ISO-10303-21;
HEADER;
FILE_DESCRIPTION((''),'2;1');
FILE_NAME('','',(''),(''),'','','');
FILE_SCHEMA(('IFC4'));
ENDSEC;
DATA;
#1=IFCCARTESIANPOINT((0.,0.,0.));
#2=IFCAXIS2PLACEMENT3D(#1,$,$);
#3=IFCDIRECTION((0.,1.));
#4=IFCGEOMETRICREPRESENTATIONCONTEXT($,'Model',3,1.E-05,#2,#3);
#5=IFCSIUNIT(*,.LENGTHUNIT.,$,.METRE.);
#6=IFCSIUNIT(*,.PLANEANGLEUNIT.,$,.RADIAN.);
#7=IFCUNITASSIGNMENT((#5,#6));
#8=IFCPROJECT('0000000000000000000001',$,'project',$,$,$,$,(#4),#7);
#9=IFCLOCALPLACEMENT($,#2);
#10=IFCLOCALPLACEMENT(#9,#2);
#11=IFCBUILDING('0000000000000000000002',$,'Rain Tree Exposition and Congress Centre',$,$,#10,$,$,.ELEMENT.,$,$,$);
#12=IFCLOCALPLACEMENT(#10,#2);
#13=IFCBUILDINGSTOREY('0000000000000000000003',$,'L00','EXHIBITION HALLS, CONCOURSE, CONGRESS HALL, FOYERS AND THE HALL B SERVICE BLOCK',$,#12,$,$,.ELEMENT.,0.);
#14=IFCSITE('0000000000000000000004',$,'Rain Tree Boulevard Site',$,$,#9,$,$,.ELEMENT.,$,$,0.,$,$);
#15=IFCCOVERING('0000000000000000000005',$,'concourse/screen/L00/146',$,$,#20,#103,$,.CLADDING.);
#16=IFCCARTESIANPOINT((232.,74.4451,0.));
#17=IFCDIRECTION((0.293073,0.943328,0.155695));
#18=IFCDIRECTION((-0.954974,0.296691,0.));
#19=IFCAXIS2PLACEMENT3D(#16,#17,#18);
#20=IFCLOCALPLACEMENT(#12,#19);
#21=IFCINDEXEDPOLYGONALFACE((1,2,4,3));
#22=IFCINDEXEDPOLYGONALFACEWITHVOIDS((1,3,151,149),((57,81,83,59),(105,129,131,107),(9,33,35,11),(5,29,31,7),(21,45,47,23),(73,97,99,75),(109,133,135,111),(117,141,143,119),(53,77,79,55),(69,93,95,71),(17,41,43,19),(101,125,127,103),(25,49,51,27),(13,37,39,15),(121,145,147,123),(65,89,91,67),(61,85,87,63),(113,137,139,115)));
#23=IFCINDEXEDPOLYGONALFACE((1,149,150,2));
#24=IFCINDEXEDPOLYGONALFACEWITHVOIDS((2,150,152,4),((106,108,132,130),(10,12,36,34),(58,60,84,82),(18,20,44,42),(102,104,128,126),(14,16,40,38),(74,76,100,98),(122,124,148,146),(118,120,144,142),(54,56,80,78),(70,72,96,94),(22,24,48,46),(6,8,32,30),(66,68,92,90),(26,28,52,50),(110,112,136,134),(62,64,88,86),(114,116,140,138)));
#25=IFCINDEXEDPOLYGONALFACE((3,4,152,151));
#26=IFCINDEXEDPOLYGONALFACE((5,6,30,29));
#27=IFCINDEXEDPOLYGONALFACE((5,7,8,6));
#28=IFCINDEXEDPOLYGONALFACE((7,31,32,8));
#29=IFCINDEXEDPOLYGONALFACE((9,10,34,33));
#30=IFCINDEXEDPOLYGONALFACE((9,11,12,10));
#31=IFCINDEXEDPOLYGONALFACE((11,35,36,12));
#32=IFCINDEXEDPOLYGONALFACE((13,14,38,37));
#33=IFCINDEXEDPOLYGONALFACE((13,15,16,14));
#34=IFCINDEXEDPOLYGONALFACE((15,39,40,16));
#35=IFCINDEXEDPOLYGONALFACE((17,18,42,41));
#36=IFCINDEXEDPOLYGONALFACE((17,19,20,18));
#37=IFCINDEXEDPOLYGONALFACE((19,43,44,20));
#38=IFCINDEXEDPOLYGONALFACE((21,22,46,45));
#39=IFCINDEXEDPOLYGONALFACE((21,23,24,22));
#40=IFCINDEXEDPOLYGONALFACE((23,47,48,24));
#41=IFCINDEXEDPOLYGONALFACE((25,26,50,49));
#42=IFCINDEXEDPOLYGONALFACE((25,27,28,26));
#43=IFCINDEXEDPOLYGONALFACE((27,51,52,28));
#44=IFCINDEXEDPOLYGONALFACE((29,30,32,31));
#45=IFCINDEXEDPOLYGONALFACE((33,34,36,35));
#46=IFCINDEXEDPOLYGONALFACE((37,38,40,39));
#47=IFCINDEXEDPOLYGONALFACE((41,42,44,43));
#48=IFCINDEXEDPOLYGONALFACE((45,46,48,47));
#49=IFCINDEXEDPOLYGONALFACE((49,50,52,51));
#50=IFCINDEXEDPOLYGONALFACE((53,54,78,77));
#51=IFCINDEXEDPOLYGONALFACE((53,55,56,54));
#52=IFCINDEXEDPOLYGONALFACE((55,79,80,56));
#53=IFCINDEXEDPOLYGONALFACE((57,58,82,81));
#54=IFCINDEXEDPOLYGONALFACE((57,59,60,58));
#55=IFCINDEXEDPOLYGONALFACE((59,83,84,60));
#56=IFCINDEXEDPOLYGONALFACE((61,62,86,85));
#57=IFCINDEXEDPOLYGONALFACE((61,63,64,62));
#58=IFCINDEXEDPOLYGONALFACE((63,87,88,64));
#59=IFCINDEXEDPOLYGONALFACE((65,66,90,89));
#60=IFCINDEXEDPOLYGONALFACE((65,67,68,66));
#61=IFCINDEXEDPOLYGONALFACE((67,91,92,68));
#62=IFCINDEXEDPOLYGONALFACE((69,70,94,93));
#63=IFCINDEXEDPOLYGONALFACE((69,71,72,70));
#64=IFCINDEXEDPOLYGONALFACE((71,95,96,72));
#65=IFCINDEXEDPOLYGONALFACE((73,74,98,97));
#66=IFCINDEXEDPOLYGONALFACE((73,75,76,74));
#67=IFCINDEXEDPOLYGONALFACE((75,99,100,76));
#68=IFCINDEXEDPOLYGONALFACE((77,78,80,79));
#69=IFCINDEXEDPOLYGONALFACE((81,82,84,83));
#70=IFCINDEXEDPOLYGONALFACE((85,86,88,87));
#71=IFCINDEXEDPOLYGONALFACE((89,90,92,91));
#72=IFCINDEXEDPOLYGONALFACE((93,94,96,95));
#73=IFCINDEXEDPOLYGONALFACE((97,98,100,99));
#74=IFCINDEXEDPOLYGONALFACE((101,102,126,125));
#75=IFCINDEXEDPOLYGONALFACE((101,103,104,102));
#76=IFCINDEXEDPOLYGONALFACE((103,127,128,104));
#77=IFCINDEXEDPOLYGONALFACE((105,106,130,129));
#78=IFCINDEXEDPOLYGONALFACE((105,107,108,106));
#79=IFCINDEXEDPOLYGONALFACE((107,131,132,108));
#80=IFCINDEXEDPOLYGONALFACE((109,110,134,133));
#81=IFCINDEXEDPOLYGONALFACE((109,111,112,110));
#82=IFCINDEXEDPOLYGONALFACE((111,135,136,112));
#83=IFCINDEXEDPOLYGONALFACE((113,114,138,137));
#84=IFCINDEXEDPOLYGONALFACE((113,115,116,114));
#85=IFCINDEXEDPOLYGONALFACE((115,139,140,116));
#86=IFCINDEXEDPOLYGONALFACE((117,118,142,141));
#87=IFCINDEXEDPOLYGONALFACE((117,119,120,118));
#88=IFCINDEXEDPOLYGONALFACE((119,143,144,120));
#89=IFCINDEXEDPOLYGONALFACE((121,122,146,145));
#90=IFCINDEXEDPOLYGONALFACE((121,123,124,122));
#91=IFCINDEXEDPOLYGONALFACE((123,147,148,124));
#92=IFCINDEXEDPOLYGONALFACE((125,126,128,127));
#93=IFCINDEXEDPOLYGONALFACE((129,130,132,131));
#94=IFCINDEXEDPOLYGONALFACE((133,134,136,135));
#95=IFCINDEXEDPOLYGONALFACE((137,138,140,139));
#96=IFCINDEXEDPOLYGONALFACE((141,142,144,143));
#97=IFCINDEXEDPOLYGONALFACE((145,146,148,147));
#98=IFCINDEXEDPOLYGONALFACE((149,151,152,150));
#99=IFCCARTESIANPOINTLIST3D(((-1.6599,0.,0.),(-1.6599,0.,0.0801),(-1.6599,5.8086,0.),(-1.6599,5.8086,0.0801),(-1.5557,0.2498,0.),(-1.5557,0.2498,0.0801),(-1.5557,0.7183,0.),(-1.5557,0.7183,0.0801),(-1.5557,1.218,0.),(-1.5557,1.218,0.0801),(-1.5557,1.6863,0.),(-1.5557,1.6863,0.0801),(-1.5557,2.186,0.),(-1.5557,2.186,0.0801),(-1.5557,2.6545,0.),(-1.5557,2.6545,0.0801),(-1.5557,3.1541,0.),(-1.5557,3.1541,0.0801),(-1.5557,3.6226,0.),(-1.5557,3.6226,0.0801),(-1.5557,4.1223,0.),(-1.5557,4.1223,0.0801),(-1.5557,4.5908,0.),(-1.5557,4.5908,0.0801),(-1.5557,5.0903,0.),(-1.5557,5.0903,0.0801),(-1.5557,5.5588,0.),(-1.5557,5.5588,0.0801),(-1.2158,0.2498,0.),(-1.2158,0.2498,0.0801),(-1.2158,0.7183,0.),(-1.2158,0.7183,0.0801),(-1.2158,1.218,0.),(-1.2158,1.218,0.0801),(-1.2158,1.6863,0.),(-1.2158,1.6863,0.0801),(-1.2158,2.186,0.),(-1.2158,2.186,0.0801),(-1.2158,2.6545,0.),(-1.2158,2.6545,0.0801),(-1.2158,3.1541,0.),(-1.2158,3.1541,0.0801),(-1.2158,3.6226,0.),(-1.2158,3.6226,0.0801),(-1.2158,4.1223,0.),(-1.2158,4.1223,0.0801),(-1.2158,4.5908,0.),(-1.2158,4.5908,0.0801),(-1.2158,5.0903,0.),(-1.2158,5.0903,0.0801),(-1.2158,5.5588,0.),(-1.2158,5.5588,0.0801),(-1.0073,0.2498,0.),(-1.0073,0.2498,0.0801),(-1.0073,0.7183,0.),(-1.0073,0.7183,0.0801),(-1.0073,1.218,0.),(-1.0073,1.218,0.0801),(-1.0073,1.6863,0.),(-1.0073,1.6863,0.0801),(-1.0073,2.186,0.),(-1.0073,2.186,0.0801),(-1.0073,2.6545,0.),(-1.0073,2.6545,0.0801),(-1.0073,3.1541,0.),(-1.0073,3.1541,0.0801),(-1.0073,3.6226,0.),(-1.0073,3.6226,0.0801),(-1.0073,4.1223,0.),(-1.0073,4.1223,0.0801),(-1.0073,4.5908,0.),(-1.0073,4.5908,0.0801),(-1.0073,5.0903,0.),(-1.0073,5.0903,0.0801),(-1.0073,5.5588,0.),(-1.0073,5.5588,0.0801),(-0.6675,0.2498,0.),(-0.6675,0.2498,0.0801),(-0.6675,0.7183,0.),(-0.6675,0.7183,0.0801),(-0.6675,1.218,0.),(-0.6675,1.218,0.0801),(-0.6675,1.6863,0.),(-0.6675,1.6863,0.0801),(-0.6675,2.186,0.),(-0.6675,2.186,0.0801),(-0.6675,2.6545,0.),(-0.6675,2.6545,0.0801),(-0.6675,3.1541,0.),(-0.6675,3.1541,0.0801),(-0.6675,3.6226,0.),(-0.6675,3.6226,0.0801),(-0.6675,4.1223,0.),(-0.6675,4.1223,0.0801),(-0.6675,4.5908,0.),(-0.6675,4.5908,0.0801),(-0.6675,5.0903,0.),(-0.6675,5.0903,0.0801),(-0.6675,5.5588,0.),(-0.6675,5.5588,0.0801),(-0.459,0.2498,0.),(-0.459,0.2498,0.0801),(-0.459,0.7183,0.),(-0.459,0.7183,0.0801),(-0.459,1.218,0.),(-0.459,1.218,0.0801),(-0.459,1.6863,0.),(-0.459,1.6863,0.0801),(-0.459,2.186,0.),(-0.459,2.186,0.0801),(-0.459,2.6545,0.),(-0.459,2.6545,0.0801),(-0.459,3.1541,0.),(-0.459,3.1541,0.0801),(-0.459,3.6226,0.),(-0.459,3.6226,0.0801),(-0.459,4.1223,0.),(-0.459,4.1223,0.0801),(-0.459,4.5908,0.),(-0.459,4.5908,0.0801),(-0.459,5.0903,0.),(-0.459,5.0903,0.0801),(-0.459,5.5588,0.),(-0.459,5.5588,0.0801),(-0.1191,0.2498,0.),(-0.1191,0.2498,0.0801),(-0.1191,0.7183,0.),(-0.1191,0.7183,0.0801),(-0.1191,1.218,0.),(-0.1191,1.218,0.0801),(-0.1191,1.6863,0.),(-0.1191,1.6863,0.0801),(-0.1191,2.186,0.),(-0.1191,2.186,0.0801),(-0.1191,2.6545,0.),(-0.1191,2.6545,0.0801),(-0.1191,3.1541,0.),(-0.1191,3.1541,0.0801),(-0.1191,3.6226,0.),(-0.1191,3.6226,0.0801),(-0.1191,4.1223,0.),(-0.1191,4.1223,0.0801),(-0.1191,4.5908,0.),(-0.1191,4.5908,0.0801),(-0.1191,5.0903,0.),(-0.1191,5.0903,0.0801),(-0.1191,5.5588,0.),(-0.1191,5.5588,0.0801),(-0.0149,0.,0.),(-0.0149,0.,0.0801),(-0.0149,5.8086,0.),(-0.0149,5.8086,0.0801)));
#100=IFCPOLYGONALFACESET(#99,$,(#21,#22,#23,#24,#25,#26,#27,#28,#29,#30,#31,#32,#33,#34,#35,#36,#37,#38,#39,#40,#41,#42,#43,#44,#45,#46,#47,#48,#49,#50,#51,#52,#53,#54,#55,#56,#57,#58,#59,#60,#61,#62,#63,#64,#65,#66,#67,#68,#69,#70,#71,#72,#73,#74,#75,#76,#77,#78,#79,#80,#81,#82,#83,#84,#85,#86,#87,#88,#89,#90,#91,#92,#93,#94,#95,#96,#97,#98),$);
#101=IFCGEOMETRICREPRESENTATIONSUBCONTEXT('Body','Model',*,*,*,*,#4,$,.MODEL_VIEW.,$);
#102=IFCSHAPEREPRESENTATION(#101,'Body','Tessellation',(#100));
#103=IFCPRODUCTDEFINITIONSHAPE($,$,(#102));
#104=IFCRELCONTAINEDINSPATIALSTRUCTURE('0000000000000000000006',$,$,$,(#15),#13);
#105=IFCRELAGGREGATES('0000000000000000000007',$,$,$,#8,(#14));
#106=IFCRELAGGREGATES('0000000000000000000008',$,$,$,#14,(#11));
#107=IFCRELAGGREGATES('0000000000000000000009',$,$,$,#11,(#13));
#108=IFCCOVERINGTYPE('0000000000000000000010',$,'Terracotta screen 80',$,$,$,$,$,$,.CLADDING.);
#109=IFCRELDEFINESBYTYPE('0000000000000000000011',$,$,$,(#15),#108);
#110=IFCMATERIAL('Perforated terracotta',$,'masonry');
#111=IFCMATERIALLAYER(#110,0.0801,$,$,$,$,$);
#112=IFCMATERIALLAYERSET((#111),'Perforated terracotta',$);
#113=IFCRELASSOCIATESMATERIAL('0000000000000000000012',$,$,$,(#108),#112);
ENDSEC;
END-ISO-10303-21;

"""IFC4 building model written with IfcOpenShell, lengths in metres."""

from ifc_helpers import new_model, si_unit, direction, frame, origin, place, context, subcontext, project, spatial, polyline, outline, extrude, material, layer, layer_set, type_object, element, save


model = new_model("IFC4")

# Units and contexts
model_context = context("Model", 3, precision=1e-05, world=origin(), true_north=direction((0.0, 1.0)))
body_context = subcontext(model_context, "Body", "Model", "MODEL_VIEW")
ifc_project = project(units=[si_unit("LENGTHUNIT", "METRE"), si_unit("PLANEANGLEUNIT", "RADIAN")], contexts=[model_context])

# Site, building, storey
site_placement = place(None, origin())
site = spatial("IfcSite", under=ifc_project, at=site_placement, Name="Rain Tree Boulevard Site", CompositionType="ELEMENT", RefElevation=0.0)
building_placement = place(site_placement, origin())
building = spatial("IfcBuilding", under=site, at=building_placement, Name="Rain Tree Exposition and Congress Centre", CompositionType="ELEMENT")
storey_placement = place(building_placement, origin())
storey = spatial("IfcBuildingStorey", under=building, at=storey_placement, Name="L00", Description="EXHIBITION HALLS, CONCOURSE, CONGRESS HALL, FOYERS AND THE HALL B SERVICE BLOCK", CompositionType="ELEMENT", Elevation=0.0)

# Covering
ifc_material_1 = material(Name="Perforated terracotta", Category="masonry")
ifc_layer_1 = layer(ifc_material_1, 0.0801)
ifc_layer_set_1 = layer_set([ifc_layer_1], Name="Perforated terracotta")
covering_type = type_object("IfcCoveringType", Name="Terracotta screen 80", PredefinedType="CLADDING", material=ifc_layer_set_1)
covering_1_placement = place(storey_placement, frame((232.0, 74.4451, 0.0), z_axis=(0.293073, 0.943328, 0.155695), x_axis=(-0.954974, 0.296691, 0.0)))
element("IfcCovering", 1, at=covering_1_placement, inside=storey, type_object=covering_type, Name="concourse/screen/L00/146", PredefinedType="CLADDING", context=body_context, shape_type="SweptSolid", body=[
    extrude(outline(polyline([(-0.0149, 0.0), (-1.6599, 0.0), (-1.6599, 5.8086), (-0.0149, 5.8086), (-0.0149, 0.0)]), holes=[polyline([(-0.1191, 0.2498), (-0.1191, 0.7183), (-0.459, 0.7183), (-0.459, 0.2498), (-0.1191, 0.2498)]), polyline([(-0.1191, 1.218), (-0.1191, 1.6863), (-0.459, 1.6863), (-0.459, 1.218), (-0.1191, 1.218)]), polyline([(-0.1191, 2.186), (-0.1191, 2.6545), (-0.459, 2.6545), (-0.459, 2.186), (-0.1191, 2.186)]), polyline([(-0.1191, 3.1541), (-0.1191, 3.6226), (-0.459, 3.6226), (-0.459, 3.1541), (-0.1191, 3.1541)]), polyline([(-0.1191, 4.1223), (-0.1191, 4.5908), (-0.459, 4.5908), (-0.459, 4.1223), (-0.1191, 4.1223)]), polyline([(-0.1191, 5.0903), (-0.1191, 5.5588), (-0.459, 5.5588), (-0.459, 5.0903), (-0.1191, 5.0903)]), polyline([(-0.6675, 0.2498), (-0.6675, 0.7183), (-1.0073, 0.7183), (-1.0073, 0.2498), (-0.6675, 0.2498)]), polyline([(-0.6675, 1.218), (-0.6675, 1.6863), (-1.0073, 1.6863), (-1.0073, 1.218), (-0.6675, 1.218)]), polyline([(-0.6675, 2.186), (-0.6675, 2.6545), (-1.0073, 2.6545), (-1.0073, 2.186), (-0.6675, 2.186)]), polyline([(-0.6675, 3.1541), (-0.6675, 3.6226), (-1.0073, 3.6226), (-1.0073, 3.1541), (-0.6675, 3.1541)]), polyline([(-0.6675, 4.1223), (-0.6675, 4.5908), (-1.0073, 4.5908), (-1.0073, 4.1223), (-0.6675, 4.1223)]), polyline([(-0.6675, 5.0903), (-0.6675, 5.5588), (-1.0073, 5.5588), (-1.0073, 5.0903), (-0.6675, 5.0903)]), polyline([(-1.2158, 0.2498), (-1.2158, 0.7183), (-1.5557, 0.7183), (-1.5557, 0.2498), (-1.2158, 0.2498)]), polyline([(-1.2158, 1.218), (-1.2158, 1.6863), (-1.5557, 1.6863), (-1.5557, 1.218), (-1.2158, 1.218)]), polyline([(-1.2158, 2.186), (-1.2158, 2.6545), (-1.5557, 2.6545), (-1.5557, 2.186), (-1.2158, 2.186)]), polyline([(-1.2158, 3.1541), (-1.2158, 3.6226), (-1.5557, 3.6226), (-1.5557, 3.1541), (-1.2158, 3.1541)]), polyline([(-1.2158, 4.1223), (-1.2158, 4.5908), (-1.5557, 4.5908), (-1.5557, 4.1223), (-1.2158, 4.1223)]), polyline([(-1.2158, 5.0903), (-1.2158, 5.5588), (-1.5557, 5.5588), (-1.5557, 5.0903), (-1.2158, 5.0903)])]), origin(), (0.0, 0.0, 1.0), 0.0801),
])

save(model, "model.ifc")
